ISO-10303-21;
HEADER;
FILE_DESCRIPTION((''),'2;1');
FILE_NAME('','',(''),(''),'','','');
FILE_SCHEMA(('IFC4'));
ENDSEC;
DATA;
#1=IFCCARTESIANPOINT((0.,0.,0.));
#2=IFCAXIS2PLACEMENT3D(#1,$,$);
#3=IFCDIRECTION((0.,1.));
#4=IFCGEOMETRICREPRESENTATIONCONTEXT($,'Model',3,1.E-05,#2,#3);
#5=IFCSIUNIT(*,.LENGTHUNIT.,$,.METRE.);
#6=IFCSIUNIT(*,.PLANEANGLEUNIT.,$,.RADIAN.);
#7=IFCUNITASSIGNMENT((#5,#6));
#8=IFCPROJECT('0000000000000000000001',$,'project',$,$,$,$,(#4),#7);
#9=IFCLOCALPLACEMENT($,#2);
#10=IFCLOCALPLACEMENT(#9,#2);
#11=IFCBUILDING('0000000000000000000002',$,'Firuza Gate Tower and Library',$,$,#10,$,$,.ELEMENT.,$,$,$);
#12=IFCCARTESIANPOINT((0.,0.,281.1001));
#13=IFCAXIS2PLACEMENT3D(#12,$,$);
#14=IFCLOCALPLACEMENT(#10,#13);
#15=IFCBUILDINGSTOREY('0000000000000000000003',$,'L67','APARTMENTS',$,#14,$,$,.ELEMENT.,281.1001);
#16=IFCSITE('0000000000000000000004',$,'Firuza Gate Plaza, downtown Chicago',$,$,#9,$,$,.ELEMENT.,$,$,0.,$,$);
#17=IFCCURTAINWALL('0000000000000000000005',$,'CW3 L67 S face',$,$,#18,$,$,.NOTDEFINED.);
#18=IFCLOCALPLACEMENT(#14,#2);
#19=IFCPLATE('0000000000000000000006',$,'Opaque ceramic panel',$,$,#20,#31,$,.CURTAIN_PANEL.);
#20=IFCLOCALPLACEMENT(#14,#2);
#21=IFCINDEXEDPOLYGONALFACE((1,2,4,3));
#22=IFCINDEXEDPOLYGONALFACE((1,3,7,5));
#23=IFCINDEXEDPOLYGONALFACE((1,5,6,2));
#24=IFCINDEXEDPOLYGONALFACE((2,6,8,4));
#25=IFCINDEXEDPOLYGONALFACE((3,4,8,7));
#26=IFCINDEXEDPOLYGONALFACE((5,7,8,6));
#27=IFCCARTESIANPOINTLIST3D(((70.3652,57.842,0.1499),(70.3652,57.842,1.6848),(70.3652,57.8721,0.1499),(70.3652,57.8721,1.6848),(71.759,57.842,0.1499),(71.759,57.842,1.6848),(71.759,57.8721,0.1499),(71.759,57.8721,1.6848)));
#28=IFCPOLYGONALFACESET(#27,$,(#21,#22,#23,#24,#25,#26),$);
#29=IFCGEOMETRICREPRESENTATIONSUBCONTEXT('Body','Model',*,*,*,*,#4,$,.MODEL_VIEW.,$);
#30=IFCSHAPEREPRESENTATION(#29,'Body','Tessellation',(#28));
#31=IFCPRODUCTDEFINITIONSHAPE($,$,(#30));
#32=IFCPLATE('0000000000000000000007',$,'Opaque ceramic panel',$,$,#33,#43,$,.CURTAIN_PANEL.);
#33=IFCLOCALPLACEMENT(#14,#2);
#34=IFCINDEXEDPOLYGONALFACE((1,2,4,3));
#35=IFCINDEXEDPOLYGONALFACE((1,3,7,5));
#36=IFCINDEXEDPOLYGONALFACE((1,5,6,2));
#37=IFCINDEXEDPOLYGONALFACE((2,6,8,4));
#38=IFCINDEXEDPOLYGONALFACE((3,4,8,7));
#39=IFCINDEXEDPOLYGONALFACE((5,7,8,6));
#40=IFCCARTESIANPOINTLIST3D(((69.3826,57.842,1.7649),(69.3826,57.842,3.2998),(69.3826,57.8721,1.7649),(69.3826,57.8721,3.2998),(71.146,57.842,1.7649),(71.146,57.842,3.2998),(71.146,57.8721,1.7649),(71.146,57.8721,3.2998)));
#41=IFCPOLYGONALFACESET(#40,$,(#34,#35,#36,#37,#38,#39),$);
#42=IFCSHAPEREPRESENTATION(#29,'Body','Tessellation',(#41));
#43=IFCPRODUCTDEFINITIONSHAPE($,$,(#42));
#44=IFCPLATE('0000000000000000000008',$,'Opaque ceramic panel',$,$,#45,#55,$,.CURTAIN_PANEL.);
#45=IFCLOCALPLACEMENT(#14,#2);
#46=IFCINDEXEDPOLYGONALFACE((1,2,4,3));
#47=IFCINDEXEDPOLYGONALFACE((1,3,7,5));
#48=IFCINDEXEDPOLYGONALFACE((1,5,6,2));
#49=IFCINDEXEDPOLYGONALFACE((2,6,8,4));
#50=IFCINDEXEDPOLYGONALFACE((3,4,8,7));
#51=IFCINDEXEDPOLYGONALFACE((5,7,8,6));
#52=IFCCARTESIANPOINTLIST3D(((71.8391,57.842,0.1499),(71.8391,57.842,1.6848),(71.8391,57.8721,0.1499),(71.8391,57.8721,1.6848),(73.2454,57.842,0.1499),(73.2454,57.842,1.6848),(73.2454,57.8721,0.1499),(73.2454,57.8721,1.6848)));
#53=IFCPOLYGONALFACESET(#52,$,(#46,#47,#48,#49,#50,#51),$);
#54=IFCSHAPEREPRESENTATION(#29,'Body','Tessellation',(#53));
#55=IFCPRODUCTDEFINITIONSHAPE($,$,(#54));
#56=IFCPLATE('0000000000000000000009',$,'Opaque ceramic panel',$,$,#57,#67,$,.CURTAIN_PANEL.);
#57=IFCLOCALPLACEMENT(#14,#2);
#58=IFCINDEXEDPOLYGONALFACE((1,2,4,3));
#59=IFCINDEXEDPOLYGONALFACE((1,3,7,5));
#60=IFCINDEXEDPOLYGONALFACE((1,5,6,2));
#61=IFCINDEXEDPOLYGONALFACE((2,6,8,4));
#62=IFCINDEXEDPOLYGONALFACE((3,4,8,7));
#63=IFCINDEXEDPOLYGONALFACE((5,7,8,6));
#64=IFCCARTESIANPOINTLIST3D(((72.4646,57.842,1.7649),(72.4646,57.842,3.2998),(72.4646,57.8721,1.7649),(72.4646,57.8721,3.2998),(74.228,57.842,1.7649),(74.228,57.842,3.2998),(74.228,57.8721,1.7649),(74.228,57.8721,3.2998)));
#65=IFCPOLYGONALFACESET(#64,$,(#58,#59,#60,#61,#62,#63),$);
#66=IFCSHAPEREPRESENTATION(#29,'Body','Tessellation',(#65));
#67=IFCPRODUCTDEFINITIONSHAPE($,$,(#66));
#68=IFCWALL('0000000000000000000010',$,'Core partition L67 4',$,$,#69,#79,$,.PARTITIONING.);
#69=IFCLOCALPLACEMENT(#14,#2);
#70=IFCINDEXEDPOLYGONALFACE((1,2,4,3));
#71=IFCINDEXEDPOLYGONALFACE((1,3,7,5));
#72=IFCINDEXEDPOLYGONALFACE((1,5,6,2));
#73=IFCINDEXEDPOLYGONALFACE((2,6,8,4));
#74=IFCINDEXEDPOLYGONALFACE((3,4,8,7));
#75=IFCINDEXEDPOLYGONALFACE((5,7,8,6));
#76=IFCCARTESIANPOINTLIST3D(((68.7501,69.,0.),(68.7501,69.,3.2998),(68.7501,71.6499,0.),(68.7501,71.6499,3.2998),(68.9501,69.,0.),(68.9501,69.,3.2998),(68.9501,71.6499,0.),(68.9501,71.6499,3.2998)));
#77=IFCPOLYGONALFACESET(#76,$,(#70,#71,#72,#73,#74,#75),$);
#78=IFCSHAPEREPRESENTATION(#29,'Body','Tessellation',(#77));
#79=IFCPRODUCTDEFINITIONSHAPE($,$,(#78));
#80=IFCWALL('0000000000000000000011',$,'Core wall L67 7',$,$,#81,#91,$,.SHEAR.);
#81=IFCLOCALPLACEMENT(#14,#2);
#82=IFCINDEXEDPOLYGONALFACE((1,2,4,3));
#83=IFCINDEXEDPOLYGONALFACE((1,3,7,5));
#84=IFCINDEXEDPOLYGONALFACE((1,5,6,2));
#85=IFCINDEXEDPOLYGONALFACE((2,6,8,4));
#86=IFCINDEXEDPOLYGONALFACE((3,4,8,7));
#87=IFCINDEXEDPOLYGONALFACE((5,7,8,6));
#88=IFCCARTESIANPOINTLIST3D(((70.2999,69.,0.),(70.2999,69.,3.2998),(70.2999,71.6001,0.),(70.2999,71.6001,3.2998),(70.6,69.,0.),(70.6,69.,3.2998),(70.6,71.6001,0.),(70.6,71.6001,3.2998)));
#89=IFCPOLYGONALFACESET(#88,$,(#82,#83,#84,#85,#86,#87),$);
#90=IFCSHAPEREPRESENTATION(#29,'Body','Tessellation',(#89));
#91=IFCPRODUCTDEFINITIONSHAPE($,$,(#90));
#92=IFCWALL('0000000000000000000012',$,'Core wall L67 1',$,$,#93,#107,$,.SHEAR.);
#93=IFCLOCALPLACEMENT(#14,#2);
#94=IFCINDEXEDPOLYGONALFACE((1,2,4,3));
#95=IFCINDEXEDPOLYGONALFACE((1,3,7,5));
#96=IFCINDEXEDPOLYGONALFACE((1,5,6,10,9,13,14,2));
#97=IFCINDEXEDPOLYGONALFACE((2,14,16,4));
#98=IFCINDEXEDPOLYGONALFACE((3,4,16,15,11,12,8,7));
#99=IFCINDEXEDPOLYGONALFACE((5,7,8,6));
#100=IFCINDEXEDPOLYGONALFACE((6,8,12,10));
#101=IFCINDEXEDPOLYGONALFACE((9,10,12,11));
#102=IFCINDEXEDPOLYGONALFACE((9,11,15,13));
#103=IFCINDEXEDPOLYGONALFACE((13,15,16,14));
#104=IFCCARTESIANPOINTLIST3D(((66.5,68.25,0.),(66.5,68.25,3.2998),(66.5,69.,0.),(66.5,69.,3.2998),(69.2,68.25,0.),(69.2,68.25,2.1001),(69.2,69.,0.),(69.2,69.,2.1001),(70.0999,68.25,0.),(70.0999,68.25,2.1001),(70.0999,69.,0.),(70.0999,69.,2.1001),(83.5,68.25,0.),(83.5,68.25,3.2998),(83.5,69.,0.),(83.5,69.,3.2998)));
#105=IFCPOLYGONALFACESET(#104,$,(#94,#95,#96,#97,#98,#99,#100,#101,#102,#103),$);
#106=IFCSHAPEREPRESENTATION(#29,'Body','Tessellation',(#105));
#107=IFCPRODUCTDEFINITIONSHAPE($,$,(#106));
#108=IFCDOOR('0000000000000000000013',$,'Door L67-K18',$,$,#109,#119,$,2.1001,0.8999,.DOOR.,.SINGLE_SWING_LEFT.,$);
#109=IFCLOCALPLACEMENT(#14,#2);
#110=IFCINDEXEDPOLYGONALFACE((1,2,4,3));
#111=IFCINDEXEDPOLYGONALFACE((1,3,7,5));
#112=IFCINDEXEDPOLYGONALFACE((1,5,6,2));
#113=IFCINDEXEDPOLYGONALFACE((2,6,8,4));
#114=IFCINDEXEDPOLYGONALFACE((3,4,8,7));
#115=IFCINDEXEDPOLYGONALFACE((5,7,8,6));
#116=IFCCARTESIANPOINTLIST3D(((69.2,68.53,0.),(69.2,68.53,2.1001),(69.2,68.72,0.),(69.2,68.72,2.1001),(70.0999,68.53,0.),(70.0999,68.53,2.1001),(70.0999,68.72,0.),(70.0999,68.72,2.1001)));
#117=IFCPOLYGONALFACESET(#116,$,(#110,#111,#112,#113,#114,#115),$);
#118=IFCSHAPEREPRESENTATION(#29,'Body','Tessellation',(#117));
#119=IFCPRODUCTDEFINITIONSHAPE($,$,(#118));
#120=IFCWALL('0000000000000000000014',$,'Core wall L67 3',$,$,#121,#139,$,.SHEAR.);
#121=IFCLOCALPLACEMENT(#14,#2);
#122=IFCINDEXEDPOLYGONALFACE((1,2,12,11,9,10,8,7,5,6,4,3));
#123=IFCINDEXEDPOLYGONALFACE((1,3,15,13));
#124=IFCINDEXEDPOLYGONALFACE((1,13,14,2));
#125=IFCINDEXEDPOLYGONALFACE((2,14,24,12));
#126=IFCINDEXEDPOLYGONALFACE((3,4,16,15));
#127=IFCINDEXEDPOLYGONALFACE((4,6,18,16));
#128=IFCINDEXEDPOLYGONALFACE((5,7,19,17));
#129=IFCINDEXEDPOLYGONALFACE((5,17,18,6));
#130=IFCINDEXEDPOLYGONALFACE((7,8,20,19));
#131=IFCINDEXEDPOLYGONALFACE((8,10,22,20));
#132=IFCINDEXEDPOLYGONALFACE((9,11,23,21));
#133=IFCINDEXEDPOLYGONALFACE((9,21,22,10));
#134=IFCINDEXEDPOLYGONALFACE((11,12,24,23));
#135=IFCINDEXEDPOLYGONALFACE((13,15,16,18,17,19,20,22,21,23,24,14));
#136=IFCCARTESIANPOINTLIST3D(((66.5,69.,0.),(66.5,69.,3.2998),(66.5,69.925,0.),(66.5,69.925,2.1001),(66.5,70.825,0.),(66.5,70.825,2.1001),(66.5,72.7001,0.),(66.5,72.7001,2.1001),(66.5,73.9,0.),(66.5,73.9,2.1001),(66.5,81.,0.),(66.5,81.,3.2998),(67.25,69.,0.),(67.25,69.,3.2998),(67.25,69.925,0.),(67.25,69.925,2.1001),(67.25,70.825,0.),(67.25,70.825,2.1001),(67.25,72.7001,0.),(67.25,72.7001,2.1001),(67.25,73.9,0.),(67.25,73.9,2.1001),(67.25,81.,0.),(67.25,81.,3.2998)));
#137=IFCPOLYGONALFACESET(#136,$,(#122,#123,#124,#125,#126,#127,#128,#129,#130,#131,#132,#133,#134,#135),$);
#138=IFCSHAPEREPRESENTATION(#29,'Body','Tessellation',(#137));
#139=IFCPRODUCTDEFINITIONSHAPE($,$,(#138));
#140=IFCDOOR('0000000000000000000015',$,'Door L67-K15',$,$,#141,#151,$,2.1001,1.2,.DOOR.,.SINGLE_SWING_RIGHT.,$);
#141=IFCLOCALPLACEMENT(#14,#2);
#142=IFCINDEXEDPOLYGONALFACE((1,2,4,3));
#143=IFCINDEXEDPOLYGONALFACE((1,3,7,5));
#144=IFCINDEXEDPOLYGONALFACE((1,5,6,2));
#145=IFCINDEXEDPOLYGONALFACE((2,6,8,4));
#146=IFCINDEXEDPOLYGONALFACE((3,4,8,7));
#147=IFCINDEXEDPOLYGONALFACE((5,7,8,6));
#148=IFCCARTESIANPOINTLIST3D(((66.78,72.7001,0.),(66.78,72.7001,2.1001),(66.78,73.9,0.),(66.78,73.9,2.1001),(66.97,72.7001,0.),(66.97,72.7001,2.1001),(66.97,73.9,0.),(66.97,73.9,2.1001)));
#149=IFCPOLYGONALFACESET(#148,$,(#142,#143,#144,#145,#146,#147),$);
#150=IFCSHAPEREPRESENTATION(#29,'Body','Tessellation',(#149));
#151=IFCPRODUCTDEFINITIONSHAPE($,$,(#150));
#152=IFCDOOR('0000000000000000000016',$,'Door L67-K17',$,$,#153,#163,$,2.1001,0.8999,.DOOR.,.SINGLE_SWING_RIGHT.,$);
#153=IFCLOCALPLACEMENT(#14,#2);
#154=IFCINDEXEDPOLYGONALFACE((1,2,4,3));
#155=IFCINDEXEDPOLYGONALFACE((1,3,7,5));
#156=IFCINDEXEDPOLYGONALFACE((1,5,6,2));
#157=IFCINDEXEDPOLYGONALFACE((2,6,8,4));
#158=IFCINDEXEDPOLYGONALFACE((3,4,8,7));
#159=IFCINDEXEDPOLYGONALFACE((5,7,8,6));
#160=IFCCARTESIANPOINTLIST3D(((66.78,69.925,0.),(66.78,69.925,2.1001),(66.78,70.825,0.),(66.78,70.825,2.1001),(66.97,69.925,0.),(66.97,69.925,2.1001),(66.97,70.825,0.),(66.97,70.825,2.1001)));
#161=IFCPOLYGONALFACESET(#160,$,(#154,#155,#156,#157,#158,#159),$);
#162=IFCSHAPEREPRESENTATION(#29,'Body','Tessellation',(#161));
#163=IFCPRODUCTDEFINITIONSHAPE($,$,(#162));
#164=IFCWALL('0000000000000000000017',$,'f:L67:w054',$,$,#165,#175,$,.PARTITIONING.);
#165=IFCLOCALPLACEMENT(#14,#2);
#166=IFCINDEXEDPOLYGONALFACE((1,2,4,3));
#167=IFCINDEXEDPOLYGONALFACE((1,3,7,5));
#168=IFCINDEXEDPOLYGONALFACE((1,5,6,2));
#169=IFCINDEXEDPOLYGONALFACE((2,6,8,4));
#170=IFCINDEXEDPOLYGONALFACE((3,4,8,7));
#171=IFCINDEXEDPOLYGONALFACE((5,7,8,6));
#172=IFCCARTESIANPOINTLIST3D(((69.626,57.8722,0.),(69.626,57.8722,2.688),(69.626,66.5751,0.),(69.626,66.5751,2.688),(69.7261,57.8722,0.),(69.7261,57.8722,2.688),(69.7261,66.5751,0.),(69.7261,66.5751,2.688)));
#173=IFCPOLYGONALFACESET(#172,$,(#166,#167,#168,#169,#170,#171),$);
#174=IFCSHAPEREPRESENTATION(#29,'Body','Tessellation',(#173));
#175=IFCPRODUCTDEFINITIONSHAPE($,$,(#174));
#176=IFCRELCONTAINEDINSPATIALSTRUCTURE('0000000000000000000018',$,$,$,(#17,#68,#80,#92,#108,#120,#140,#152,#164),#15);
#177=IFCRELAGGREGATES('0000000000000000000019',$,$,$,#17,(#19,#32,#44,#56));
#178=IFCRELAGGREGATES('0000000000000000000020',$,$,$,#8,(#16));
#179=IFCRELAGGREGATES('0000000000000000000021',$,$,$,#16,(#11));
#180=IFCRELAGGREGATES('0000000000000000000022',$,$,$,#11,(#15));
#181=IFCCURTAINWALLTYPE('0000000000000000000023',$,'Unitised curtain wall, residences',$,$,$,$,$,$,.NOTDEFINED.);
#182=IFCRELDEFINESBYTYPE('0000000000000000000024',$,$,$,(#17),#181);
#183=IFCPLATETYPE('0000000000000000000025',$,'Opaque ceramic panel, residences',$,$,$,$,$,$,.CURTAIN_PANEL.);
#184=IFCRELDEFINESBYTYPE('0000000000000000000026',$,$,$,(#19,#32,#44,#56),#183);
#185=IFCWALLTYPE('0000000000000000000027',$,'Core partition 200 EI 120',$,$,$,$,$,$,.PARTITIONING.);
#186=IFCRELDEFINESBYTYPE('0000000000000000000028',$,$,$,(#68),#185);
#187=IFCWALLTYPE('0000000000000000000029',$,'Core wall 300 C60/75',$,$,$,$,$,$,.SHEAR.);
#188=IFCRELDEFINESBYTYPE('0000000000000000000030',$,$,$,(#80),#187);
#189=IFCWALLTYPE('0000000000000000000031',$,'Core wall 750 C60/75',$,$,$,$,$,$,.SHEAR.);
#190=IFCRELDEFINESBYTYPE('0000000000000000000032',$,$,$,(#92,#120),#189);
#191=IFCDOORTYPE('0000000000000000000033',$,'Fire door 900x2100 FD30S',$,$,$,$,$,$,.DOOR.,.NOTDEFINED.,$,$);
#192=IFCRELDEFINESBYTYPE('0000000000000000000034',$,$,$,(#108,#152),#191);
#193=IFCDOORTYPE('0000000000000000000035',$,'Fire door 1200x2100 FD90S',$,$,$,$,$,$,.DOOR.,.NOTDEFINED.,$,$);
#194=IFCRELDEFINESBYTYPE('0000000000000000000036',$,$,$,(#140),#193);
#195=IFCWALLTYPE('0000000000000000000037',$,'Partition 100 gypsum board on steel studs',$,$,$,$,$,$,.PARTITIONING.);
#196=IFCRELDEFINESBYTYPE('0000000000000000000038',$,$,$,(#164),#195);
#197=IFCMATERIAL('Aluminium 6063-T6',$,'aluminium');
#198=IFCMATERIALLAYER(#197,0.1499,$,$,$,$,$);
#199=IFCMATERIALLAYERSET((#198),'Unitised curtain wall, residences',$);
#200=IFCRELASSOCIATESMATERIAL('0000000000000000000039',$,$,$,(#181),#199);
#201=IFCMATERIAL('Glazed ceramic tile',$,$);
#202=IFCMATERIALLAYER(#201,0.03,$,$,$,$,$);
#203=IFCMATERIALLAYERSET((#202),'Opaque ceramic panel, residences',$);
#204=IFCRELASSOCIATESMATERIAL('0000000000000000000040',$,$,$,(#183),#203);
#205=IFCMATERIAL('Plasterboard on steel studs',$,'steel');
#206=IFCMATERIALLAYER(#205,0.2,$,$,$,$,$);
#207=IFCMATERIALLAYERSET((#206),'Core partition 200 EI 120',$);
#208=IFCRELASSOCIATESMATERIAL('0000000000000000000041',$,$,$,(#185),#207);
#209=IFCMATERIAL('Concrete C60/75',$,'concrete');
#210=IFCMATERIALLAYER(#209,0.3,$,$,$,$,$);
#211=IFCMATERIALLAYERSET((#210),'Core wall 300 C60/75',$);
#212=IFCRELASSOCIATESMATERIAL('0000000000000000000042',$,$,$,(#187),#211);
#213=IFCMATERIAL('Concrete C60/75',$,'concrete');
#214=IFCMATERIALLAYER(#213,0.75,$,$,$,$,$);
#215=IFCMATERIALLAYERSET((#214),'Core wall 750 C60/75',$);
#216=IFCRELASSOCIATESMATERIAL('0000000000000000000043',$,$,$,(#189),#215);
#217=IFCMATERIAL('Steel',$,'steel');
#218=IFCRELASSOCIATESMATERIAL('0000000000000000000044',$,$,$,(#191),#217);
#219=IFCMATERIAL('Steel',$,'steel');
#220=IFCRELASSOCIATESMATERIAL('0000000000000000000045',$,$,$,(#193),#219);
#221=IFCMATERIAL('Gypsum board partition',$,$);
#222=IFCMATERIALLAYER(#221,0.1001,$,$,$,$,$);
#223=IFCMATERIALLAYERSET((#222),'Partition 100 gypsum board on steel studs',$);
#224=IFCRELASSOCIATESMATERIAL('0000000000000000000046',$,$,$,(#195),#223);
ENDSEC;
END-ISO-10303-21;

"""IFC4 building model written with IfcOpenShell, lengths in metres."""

from ifc_helpers import new_model, si_unit, direction, frame, frame_2d, origin, place, context, subcontext, project, spatial, polyline, rectangle, outline, extrude, material, layer, layer_set, type_object, element, fill, aggregate, save


model = new_model("IFC4")

# Units and contexts
model_context = context("Model", 3, precision=1e-05, world=origin(), true_north=direction((0.0, 1.0)))
body_context = subcontext(model_context, "Body", "Model", "MODEL_VIEW")
ifc_project = project(units=[si_unit("LENGTHUNIT", "METRE"), si_unit("PLANEANGLEUNIT", "RADIAN")], contexts=[model_context])

# Site, building, storey
site_placement = place(None, origin())
site = spatial("IfcSite", under=ifc_project, at=site_placement, Name="Firuza Gate Plaza, downtown Chicago", CompositionType="ELEMENT", RefElevation=0.0)
building_placement = place(site_placement, origin())
building = spatial("IfcBuilding", under=site, at=building_placement, Name="Firuza Gate Tower and Library", CompositionType="ELEMENT")
storey_placement = place(building_placement, frame((0.0, 0.0, 281.1001)))
storey = spatial("IfcBuildingStorey", under=building, at=storey_placement, Name="L67", Description="APARTMENTS", CompositionType="ELEMENT", Elevation=281.1001)

# Curtain wall
ifc_material_1 = material(Name="Aluminium 6063-T6", Category="aluminium")
ifc_layer_1 = layer(ifc_material_1, 0.1499)
ifc_layer_set_1 = layer_set([ifc_layer_1], Name="Unitised curtain wall, residences")
curtain_wall_type = type_object("IfcCurtainWallType", Name="Unitised curtain wall, residences", PredefinedType="NOTDEFINED", material=ifc_layer_set_1)
curtain_wall_placement = place(storey_placement, origin())
curtain_wall = element("IfcCurtainWall", 1, at=curtain_wall_placement, inside=storey, type_object=curtain_wall_type, Name="CW3 L67 S face", PredefinedType="NOTDEFINED")

# Plates
ifc_material_2 = material(Name="Glazed ceramic tile")
ifc_layer_2 = layer(ifc_material_2, 0.03)
ifc_layer_set_2 = layer_set([ifc_layer_2], Name="Opaque ceramic panel, residences")
plate_type_1 = type_object("IfcPlateType", Name="Opaque ceramic panel, residences", PredefinedType="CURTAIN_PANEL", material=ifc_layer_set_2)
plate_1_placement = place(storey_placement, frame((70.3652, 57.842, 0.1499), z_axis=(0.0, -1.0, 0.0), x_axis=(1.0, 0.0, 0.0)))
plate_1 = element("IfcPlate", 2, at=plate_1_placement, type_object=plate_type_1, Name="Opaque ceramic panel", PredefinedType="CURTAIN_PANEL", context=body_context, shape_type="SweptSolid", body=[
    extrude(outline(polyline([(0.0, 0.0), (1.3938, 0.0), (1.3938, 1.5349), (0.0, 1.5349), (0.0, 0.0)])), origin(), (0.0, 0.0, -1.0), 0.03),
])
plate_2_placement = place(storey_placement, frame((69.3826, 57.842, 1.7649), z_axis=(0.0, -1.0, 0.0), x_axis=(1.0, 0.0, 0.0)))
plate_2 = element("IfcPlate", 3, at=plate_2_placement, type_object=plate_type_1, Name="Opaque ceramic panel", PredefinedType="CURTAIN_PANEL", context=body_context, shape_type="SweptSolid", body=[
    extrude(outline(polyline([(0.0, 0.0), (1.7634, 0.0), (1.7634, 1.5349), (0.0, 1.5349), (0.0, 0.0)])), origin(), (0.0, 0.0, -1.0), 0.03),
])
plate_3_placement = place(storey_placement, frame((71.8391, 57.842, 0.1499), z_axis=(0.0, -1.0, 0.0), x_axis=(1.0, 0.0, 0.0)))
plate_3 = element("IfcPlate", 4, at=plate_3_placement, type_object=plate_type_1, Name="Opaque ceramic panel", PredefinedType="CURTAIN_PANEL", context=body_context, shape_type="SweptSolid", body=[
    extrude(outline(polyline([(0.0, 0.0), (1.4062, 0.0), (1.4062, 1.5349), (0.0, 1.5349), (0.0, 0.0)])), origin(), (0.0, 0.0, -1.0), 0.03),
])
plate_4_placement = place(storey_placement, frame((72.4646, 57.842, 1.7649), z_axis=(0.0, -1.0, 0.0), x_axis=(1.0, 0.0, 0.0)))
plate_4 = element("IfcPlate", 5, at=plate_4_placement, type_object=plate_type_1, Name="Opaque ceramic panel", PredefinedType="CURTAIN_PANEL", context=body_context, shape_type="SweptSolid", body=[
    extrude(outline(polyline([(0.0, 0.0), (1.7634, 0.0), (1.7634, 1.5349), (0.0, 1.5349), (0.0, 0.0)])), origin(), (0.0, 0.0, -1.0), 0.03),
])
aggregate(curtain_wall, [plate_1, plate_2, plate_3, plate_4])

# Walls
ifc_material_3 = material(Name="Plasterboard on steel studs", Category="steel")
ifc_layer_3 = layer(ifc_material_3, 0.2)
ifc_layer_set_3 = layer_set([ifc_layer_3], Name="Core partition 200 EI 120")
wall_type_1 = type_object("IfcWallType", Name="Core partition 200 EI 120", PredefinedType="PARTITIONING", material=ifc_layer_set_3)
wall_1_placement = place(storey_placement, frame((68.8501, 69.0, 0.0), z_axis=(0.0, 0.0, 1.0), x_axis=(0.0, 1.0, 0.0)))
element("IfcWall", 6, at=wall_1_placement, inside=storey, type_object=wall_type_1, Name="Core partition L67 4", PredefinedType="PARTITIONING", context=body_context, shape_type="SweptSolid", body=[
    extrude(rectangle(XDim=2.6499, YDim=0.2, at=frame_2d((1.325, 0.0))), origin(), (0.0, 0.0, 1.0), 3.2998),
])
ifc_material_4 = material(Name="Concrete C60/75", Category="concrete")
ifc_layer_4 = layer(ifc_material_4, 0.3)
ifc_layer_set_4 = layer_set([ifc_layer_4], Name="Core wall 300 C60/75")
wall_type_2 = type_object("IfcWallType", Name="Core wall 300 C60/75", PredefinedType="SHEAR", material=ifc_layer_set_4)
wall_2_placement = place(storey_placement, frame((70.45, 69.0, 0.0), z_axis=(0.0, 0.0, 1.0), x_axis=(0.0, 1.0, 0.0)))
element("IfcWall", 7, at=wall_2_placement, inside=storey, type_object=wall_type_2, Name="Core wall L67 7", PredefinedType="SHEAR", context=body_context, shape_type="SweptSolid", body=[
    extrude(rectangle(XDim=2.6001, YDim=0.3, at=frame_2d((1.3, 0.0))), origin(), (0.0, 0.0, 1.0), 3.2998),
])

# Wall, opening, door
ifc_material_5 = material(Name="Concrete C60/75", Category="concrete")
ifc_layer_5 = layer(ifc_material_5, 0.75)
ifc_layer_set_5 = layer_set([ifc_layer_5], Name="Core wall 750 C60/75")
wall_type_3 = type_object("IfcWallType", Name="Core wall 750 C60/75", PredefinedType="SHEAR", material=ifc_layer_set_5)
wall_3_placement = place(storey_placement, frame((66.5, 68.625, 0.0), z_axis=(0.0, 0.0, 1.0), x_axis=(1.0, 0.0, 0.0)))
wall_3 = element("IfcWall", 8, at=wall_3_placement, inside=storey, type_object=wall_type_3, Name="Core wall L67 1", PredefinedType="SHEAR", context=body_context, shape_type="SweptSolid", body=[
    extrude(rectangle(XDim=17.0, YDim=0.75, at=frame_2d((8.5, 0.0))), origin(), (0.0, 0.0, 1.0), 3.2998),
])
opening_1_placement = place(wall_3_placement, frame((2.7, 0.0, 0.0)))
opening_1 = element("IfcOpeningElement", 9, at=opening_1_placement, cuts=wall_3, PredefinedType="OPENING", context=body_context, shape_type="SweptSolid", body=[
    extrude(rectangle(XDim=0.8999, YDim=2.1001, at=frame_2d((0.45, 1.05))), frame((0.0, 0.385, 0.0), z_axis=(0.0, -1.0, 0.0), x_axis=(1.0, 0.0, 0.0)), (0.0, 0.0, 1.0), 0.77),
])
ifc_material_6 = material(Name="Steel", Category="steel")
door_type_1 = type_object("IfcDoorType", Name="Fire door 900x2100 FD30S", OperationType="NOTDEFINED", PredefinedType="DOOR", material=ifc_material_6)
door_1_placement = place(opening_1_placement, origin())
door_1 = element("IfcDoor", 10, at=door_1_placement, inside=storey, type_object=door_type_1, Name="Door L67-K18", OperationType="SINGLE_SWING_LEFT", OverallHeight=2.1001, OverallWidth=0.8999, PredefinedType="DOOR", context=body_context, shape_type="SweptSolid", body=[
    extrude(rectangle(XDim=0.8999, YDim=2.1001, at=frame_2d((0.45, 1.05))), frame((0.0, 0.095, 0.0), z_axis=(0.0, -1.0, 0.0), x_axis=(1.0, 0.0, 0.0)), (0.0, 0.0, 1.0), 0.1899),
])
fill(opening_1, door_1)

# Wall, openings, doors
wall_4_placement = place(storey_placement, frame((66.875, 69.0, 0.0), z_axis=(0.0, 0.0, 1.0), x_axis=(0.0, 1.0, 0.0)))
wall_4 = element("IfcWall", 11, at=wall_4_placement, inside=storey, type_object=wall_type_3, Name="Core wall L67 3", PredefinedType="SHEAR", context=body_context, shape_type="SweptSolid", body=[
    extrude(rectangle(XDim=12.0, YDim=0.75, at=frame_2d((6.0, 0.0))), origin(), (0.0, 0.0, 1.0), 3.2998),
])
opening_2_placement = place(wall_4_placement, frame((3.7, 0.0, 0.0)))
opening_2 = element("IfcOpeningElement", 12, at=opening_2_placement, cuts=wall_4, PredefinedType="OPENING", context=body_context, shape_type="SweptSolid", body=[
    extrude(rectangle(XDim=1.2, YDim=2.1001, at=frame_2d((0.6001, 1.05))), frame((0.0, 0.385, 0.0), z_axis=(0.0, -1.0, 0.0), x_axis=(1.0, 0.0, 0.0)), (0.0, 0.0, 1.0), 0.77),
])
opening_3_placement = place(wall_4_placement, frame((0.925, 0.0, 0.0)))
opening_3 = element("IfcOpeningElement", 13, at=opening_3_placement, cuts=wall_4, PredefinedType="OPENING", context=body_context, shape_type="SweptSolid", body=[
    extrude(rectangle(XDim=0.8999, YDim=2.1001, at=frame_2d((0.45, 1.05))), frame((0.0, 0.385, 0.0), z_axis=(0.0, -1.0, 0.0), x_axis=(1.0, 0.0, 0.0)), (0.0, 0.0, 1.0), 0.77),
])
ifc_material_7 = material(Name="Steel", Category="steel")
door_type_2 = type_object("IfcDoorType", Name="Fire door 1200x2100 FD90S", OperationType="NOTDEFINED", PredefinedType="DOOR", material=ifc_material_7)
door_2_placement = place(opening_2_placement, origin())
door_2 = element("IfcDoor", 14, at=door_2_placement, inside=storey, type_object=door_type_2, Name="Door L67-K15", OperationType="SINGLE_SWING_RIGHT", OverallHeight=2.1001, OverallWidth=1.2, PredefinedType="DOOR", context=body_context, shape_type="SweptSolid", body=[
    extrude(rectangle(XDim=1.2, YDim=2.1001, at=frame_2d((0.6001, 1.05))), frame((0.0, 0.095, 0.0), z_axis=(0.0, -1.0, 0.0), x_axis=(1.0, 0.0, 0.0)), (0.0, 0.0, 1.0), 0.1899),
])
fill(opening_2, door_2)
door_3_placement = place(opening_3_placement, origin())
door_3 = element("IfcDoor", 15, at=door_3_placement, inside=storey, type_object=door_type_1, Name="Door L67-K17", OperationType="SINGLE_SWING_RIGHT", OverallHeight=2.1001, OverallWidth=0.8999, PredefinedType="DOOR", context=body_context, shape_type="SweptSolid", body=[
    extrude(rectangle(XDim=0.8999, YDim=2.1001, at=frame_2d((0.45, 1.05))), frame((0.0, 0.095, 0.0), z_axis=(0.0, -1.0, 0.0), x_axis=(1.0, 0.0, 0.0)), (0.0, 0.0, 1.0), 0.1899),
])
fill(opening_3, door_3)

# Wall
ifc_material_8 = material(Name="Gypsum board partition")
ifc_layer_6 = layer(ifc_material_8, 0.1001)
ifc_layer_set_6 = layer_set([ifc_layer_6], Name="Partition 100 gypsum board on steel studs")
wall_type_4 = type_object("IfcWallType", Name="Partition 100 gypsum board on steel studs", PredefinedType="PARTITIONING", material=ifc_layer_set_6)
wall_5_placement = place(storey_placement, frame((69.676, 57.8721, 0.0), z_axis=(0.0, 0.0, 1.0), x_axis=(0.0, 1.0, 0.0)))
element("IfcWall", 16, at=wall_5_placement, inside=storey, type_object=wall_type_4, Name="f:L67:w054", PredefinedType="PARTITIONING", context=body_context, shape_type="SweptSolid", body=[
    extrude(rectangle(XDim=8.7029, YDim=0.1001, at=frame_2d((4.3516, 0.0))), origin(), (0.0, 0.0, 1.0), 2.688),
])

save(model, "model.ifc")
